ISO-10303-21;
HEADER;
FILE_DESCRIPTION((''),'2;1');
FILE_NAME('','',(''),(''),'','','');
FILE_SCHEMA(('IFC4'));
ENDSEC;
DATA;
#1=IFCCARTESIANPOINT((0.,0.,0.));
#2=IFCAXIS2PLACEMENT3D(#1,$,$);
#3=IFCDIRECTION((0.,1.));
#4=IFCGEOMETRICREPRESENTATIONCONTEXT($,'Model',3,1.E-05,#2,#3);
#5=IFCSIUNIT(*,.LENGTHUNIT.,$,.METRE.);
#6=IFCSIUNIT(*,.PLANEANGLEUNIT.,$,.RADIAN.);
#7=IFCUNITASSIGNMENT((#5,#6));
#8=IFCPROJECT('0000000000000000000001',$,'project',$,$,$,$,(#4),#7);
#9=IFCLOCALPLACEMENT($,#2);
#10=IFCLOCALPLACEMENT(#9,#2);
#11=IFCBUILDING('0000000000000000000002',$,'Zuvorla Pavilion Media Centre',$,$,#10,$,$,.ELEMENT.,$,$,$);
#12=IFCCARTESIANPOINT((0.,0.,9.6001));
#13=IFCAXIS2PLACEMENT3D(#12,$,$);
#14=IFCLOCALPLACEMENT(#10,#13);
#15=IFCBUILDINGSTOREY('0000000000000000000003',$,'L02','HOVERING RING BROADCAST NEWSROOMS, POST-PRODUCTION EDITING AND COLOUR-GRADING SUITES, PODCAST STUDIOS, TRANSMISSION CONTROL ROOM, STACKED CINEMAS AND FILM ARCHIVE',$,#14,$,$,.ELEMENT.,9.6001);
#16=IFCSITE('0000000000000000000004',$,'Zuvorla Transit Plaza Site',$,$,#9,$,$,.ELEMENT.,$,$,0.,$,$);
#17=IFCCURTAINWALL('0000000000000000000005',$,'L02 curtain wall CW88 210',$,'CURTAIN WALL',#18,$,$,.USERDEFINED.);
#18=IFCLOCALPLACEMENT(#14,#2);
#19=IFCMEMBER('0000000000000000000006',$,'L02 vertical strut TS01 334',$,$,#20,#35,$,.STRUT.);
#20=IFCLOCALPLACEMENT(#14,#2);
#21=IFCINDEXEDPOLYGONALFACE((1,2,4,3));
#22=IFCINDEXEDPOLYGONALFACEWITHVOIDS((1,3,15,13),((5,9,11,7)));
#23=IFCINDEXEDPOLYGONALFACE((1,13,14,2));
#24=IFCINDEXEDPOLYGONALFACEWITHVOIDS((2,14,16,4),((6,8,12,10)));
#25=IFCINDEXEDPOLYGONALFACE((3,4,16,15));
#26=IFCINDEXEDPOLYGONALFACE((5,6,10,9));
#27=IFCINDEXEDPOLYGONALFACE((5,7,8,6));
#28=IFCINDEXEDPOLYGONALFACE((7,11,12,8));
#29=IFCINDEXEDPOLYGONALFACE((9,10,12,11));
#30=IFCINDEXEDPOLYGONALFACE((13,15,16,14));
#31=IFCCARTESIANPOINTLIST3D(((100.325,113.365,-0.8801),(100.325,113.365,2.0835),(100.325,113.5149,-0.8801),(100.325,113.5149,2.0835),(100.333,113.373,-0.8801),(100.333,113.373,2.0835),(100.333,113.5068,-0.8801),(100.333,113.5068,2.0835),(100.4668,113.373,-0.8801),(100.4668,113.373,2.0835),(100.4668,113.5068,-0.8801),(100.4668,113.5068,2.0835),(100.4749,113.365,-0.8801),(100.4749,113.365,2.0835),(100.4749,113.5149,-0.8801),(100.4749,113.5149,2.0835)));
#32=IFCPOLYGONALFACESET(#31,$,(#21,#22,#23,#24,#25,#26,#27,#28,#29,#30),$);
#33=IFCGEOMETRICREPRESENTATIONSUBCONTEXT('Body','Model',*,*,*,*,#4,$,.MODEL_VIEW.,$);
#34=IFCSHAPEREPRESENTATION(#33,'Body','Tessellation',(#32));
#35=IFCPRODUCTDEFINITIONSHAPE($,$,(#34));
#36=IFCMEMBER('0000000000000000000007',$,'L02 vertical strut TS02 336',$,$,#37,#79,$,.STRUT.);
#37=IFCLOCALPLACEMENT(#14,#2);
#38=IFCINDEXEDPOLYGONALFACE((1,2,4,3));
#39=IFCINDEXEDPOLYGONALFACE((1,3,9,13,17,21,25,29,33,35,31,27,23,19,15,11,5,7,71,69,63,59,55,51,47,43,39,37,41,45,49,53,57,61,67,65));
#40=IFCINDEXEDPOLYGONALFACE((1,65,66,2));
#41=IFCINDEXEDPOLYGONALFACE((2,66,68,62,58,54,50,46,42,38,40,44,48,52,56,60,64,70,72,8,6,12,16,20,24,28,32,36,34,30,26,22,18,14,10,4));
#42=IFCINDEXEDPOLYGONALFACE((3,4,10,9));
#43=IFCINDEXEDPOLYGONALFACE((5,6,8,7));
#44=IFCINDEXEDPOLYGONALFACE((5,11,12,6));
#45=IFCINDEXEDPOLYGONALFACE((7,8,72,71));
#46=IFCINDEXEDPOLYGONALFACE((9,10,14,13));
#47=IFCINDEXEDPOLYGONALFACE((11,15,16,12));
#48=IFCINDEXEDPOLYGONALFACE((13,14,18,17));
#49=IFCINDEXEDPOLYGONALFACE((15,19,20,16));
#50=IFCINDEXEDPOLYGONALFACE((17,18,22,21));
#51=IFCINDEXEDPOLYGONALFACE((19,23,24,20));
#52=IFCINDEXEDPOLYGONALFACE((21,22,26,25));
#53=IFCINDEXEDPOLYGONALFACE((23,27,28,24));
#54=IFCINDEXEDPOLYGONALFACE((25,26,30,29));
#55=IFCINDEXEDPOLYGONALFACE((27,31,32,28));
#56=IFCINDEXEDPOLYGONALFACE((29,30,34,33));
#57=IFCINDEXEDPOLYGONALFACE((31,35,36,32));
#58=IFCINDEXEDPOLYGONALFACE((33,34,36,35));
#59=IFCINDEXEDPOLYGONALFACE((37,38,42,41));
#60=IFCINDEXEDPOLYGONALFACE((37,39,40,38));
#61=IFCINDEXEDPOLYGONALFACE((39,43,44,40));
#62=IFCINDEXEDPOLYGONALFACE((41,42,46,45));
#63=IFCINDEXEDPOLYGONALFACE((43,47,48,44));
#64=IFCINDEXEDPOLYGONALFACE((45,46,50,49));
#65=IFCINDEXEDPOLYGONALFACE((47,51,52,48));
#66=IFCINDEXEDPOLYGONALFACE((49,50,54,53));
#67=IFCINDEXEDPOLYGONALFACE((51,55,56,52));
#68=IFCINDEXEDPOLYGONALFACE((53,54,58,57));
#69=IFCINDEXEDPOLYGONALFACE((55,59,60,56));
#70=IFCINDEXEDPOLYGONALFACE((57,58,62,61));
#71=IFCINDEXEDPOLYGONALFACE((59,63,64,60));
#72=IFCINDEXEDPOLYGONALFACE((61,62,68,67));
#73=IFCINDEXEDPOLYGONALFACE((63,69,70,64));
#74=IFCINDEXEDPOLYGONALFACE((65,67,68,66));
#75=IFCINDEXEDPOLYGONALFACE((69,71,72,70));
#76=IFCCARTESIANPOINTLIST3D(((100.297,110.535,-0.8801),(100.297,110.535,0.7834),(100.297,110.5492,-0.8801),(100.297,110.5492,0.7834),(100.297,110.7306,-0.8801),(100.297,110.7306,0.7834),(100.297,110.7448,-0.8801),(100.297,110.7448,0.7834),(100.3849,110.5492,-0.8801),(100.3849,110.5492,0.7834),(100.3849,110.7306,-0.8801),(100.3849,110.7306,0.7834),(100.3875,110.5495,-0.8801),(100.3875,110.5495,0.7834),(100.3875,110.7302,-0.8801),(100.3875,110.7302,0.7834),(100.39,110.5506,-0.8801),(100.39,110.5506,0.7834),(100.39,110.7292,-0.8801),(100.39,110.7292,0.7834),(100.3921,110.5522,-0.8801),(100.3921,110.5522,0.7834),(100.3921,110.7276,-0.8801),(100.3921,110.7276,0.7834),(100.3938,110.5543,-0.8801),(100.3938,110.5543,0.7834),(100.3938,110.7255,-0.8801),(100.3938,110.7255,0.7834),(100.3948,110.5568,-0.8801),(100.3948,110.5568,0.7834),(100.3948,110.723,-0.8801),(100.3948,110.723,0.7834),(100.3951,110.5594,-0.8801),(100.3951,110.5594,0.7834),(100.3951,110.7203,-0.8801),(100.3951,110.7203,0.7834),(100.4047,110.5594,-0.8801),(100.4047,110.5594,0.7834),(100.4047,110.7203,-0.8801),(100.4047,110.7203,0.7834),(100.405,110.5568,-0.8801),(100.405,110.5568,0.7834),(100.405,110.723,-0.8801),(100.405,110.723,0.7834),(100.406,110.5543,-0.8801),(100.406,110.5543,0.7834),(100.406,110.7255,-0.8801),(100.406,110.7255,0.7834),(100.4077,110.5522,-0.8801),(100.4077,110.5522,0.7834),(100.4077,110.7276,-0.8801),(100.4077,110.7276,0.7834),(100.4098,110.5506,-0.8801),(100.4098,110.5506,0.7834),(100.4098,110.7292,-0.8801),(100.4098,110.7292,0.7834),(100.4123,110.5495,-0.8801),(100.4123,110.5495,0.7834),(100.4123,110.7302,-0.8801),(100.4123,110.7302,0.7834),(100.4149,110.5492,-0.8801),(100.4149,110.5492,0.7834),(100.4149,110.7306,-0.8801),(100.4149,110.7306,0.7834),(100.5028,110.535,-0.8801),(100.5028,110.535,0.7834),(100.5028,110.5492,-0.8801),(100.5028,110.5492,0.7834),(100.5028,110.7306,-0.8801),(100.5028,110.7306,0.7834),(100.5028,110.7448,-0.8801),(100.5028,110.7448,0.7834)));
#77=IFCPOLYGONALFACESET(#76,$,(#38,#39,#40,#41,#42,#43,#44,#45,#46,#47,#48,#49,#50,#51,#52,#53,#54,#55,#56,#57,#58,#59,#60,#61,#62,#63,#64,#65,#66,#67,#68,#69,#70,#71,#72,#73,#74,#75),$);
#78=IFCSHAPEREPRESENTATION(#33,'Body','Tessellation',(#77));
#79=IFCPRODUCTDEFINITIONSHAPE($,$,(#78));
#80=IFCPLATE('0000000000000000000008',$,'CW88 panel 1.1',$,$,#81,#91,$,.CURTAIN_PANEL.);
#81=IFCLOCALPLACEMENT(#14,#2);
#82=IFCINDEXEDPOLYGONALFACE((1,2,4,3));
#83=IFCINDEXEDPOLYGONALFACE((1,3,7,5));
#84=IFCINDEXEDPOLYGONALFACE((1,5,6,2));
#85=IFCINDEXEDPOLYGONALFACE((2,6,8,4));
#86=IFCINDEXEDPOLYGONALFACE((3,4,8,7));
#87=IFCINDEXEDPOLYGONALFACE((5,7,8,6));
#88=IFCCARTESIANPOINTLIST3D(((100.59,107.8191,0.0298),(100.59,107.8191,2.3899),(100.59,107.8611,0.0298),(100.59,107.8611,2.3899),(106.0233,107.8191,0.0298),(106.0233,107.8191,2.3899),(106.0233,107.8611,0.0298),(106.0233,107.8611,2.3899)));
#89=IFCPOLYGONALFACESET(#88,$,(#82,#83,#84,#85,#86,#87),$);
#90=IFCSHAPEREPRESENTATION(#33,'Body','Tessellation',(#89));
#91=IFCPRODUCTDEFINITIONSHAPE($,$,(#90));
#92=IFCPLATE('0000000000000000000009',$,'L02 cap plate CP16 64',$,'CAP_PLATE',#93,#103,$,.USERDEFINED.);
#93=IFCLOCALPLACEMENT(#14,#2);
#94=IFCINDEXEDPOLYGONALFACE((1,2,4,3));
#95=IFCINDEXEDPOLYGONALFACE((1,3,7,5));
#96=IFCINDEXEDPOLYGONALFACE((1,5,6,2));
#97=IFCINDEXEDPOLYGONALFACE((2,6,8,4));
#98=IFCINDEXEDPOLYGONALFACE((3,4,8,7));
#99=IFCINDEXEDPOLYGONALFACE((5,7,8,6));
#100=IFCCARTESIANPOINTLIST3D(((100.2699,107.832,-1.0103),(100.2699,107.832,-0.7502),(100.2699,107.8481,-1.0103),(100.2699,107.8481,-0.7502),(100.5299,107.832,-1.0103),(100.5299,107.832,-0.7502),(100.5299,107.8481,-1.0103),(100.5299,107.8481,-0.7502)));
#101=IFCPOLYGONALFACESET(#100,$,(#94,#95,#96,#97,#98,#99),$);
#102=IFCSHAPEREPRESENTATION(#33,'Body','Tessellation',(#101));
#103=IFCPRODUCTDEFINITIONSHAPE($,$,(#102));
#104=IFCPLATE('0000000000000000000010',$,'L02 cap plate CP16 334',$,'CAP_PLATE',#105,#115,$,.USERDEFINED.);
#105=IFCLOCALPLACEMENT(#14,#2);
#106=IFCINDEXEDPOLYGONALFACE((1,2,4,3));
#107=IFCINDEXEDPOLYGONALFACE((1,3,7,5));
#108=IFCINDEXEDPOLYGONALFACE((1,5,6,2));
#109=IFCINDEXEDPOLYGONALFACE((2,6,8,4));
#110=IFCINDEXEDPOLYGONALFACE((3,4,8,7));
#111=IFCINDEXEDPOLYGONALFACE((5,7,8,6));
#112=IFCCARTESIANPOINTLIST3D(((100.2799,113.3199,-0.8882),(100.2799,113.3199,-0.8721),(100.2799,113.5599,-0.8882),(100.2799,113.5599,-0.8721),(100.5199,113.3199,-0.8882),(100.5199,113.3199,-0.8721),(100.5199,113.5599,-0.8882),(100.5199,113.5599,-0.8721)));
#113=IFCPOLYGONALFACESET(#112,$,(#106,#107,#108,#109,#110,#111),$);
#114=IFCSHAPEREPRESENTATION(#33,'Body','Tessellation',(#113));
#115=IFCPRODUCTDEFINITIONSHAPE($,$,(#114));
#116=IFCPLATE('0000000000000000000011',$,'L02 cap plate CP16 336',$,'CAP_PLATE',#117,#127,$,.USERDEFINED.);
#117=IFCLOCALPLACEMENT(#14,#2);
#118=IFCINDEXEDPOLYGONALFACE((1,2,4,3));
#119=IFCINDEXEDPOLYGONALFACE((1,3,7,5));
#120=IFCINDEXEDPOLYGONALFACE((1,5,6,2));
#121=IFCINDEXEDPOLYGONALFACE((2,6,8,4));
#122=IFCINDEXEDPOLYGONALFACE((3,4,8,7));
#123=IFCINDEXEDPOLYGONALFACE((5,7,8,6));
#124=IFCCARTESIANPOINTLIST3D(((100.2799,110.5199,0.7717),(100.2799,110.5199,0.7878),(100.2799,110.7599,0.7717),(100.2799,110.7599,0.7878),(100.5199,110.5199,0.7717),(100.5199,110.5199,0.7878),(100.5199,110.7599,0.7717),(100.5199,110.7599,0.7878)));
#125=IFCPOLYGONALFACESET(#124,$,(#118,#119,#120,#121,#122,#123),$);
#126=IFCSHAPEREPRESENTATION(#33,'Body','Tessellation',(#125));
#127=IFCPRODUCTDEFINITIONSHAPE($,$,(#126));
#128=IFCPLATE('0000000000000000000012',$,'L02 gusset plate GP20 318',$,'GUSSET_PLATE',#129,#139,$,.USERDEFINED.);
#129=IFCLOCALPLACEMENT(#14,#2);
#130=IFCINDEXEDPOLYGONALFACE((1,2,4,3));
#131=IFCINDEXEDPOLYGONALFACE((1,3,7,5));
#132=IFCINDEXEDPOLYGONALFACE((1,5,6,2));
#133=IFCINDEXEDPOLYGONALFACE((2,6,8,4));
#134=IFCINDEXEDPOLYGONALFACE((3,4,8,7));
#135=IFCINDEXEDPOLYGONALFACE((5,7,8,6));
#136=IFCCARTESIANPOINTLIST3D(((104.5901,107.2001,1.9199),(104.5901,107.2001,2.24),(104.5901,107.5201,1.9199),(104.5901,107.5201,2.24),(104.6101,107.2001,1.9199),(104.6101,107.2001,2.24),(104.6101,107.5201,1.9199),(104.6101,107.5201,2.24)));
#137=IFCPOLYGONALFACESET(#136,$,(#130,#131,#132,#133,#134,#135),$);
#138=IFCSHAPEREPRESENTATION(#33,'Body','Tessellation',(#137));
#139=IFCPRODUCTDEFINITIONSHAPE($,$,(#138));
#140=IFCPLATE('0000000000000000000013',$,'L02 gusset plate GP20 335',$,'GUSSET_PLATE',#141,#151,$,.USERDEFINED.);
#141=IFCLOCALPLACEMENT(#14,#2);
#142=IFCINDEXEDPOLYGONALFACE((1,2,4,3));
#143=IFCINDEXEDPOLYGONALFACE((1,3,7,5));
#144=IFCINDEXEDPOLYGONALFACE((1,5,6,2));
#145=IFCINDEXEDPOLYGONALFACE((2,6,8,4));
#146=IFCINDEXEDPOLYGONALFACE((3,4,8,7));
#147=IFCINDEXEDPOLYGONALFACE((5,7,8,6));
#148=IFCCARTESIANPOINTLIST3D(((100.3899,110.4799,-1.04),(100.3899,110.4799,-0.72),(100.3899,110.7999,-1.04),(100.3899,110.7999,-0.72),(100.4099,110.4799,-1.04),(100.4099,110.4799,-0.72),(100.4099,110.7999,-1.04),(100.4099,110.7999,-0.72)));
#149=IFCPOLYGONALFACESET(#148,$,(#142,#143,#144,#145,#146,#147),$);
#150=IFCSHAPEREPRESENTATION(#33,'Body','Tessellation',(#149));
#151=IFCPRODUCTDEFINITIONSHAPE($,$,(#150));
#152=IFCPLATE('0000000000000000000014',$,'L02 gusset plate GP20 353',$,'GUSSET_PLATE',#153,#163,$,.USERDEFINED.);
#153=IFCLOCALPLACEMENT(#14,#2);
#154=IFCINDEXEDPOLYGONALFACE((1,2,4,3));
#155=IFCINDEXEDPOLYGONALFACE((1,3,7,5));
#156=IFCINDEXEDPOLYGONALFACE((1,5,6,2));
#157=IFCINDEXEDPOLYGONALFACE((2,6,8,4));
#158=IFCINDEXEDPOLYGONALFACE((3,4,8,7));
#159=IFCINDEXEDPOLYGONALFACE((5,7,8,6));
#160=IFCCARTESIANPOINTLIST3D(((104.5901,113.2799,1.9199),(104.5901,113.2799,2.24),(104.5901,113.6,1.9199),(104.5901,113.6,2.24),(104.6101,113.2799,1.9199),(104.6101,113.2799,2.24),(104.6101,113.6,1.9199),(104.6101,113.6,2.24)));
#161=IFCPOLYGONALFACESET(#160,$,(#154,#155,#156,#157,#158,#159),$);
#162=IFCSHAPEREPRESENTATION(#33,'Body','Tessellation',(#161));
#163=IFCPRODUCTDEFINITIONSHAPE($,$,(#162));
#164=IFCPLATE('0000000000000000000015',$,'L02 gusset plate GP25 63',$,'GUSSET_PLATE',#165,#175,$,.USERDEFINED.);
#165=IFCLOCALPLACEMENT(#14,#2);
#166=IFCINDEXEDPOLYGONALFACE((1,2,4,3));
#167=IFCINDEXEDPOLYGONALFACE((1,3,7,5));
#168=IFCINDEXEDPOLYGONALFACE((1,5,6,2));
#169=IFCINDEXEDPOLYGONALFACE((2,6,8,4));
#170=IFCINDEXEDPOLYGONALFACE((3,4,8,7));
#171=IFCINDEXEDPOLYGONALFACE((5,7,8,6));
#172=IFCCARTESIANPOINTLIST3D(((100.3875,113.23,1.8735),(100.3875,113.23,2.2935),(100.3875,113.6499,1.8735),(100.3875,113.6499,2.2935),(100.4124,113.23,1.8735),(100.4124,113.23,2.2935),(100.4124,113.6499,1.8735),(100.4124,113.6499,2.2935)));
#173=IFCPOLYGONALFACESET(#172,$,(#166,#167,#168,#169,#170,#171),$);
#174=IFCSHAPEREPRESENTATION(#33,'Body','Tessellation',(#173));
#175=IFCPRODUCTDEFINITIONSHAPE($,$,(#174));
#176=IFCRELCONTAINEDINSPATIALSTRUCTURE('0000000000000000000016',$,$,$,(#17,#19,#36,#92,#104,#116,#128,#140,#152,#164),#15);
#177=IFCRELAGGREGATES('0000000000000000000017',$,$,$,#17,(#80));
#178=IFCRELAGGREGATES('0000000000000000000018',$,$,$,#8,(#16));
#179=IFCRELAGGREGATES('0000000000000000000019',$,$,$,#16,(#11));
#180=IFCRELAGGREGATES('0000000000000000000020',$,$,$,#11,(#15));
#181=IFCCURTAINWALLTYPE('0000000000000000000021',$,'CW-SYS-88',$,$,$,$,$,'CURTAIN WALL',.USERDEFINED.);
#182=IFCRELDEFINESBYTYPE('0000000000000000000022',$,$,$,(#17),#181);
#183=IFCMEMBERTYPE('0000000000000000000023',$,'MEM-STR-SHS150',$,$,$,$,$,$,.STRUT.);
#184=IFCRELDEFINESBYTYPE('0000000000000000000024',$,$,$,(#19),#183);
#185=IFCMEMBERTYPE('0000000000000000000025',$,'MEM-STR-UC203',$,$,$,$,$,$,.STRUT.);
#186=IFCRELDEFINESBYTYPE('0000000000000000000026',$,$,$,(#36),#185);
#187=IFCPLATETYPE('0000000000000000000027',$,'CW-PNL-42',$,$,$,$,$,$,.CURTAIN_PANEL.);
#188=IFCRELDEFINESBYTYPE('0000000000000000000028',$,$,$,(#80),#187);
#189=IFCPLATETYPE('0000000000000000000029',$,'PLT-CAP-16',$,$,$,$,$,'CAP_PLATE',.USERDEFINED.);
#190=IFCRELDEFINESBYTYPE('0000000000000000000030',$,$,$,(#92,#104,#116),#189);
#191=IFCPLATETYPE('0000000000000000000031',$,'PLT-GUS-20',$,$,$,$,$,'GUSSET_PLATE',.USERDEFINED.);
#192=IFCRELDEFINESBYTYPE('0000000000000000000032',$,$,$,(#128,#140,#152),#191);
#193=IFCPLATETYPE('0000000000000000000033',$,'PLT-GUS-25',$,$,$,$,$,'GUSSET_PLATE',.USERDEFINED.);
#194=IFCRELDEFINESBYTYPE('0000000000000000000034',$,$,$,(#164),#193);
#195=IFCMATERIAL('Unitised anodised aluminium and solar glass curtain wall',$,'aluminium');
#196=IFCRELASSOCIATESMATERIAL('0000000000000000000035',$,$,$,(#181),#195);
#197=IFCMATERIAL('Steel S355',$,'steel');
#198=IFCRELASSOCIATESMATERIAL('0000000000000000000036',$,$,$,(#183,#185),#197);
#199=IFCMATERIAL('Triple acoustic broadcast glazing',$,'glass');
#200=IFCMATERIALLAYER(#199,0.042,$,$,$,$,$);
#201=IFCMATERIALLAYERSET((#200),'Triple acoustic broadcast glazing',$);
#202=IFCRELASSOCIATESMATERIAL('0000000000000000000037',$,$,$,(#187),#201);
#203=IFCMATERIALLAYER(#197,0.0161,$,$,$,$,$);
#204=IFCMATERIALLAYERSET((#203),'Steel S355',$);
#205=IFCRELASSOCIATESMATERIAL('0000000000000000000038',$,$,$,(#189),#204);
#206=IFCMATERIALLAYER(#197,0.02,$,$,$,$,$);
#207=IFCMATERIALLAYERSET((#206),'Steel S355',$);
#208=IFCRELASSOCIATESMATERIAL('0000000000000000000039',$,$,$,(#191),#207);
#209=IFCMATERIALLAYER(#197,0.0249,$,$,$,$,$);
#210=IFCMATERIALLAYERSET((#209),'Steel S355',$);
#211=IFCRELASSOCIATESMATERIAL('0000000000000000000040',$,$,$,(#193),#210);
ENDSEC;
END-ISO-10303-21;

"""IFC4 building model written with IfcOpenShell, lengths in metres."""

from ifc_helpers import new_model, si_unit, direction, frame, origin, origin_2d, place, context, subcontext, project, spatial, rectangle, hollow_rectangle, i_section, extrude, material, layer, layer_set, material_profile, profile_set, type_object, element, aggregate, save


model = new_model("IFC4")

# Units and contexts
model_context = context("Model", 3, precision=1e-05, world=origin(), true_north=direction((0.0, 1.0)))
body_context = subcontext(model_context, "Body", "Model", "MODEL_VIEW")
ifc_project = project(units=[si_unit("LENGTHUNIT", "METRE"), si_unit("PLANEANGLEUNIT", "RADIAN")], contexts=[model_context])

# Site, building, storey
site_placement = place(None, origin())
site = spatial("IfcSite", under=ifc_project, at=site_placement, Name="Zuvorla Transit Plaza Site", CompositionType="ELEMENT", RefElevation=0.0)
building_placement = place(site_placement, origin())
building = spatial("IfcBuilding", under=site, at=building_placement, Name="Zuvorla Pavilion Media Centre", CompositionType="ELEMENT")
storey_placement = place(building_placement, frame((0.0, 0.0, 9.6001)))
storey = spatial("IfcBuildingStorey", under=building, at=storey_placement, Name="L02", Description="HOVERING RING BROADCAST NEWSROOMS, POST-PRODUCTION EDITING AND COLOUR-GRADING SUITES, PODCAST STUDIOS, TRANSMISSION CONTROL ROOM, STACKED CINEMAS AND FILM ARCHIVE", CompositionType="ELEMENT", Elevation=9.6001)

# Curtain wall
ifc_material_1 = material(Name="Unitised anodised aluminium and solar glass curtain wall", Category="aluminium")
curtain_wall_type = type_object("IfcCurtainWallType", Name="CW-SYS-88", ElementType="CURTAIN WALL", PredefinedType="USERDEFINED", material=ifc_material_1)
curtain_wall_placement = place(storey_placement, origin())
curtain_wall = element("IfcCurtainWall", 1, at=curtain_wall_placement, inside=storey, type_object=curtain_wall_type, Name="L02 curtain wall CW88 210", ObjectType="CURTAIN WALL", PredefinedType="USERDEFINED")

# Members
ifc_material_2 = material(Name="Steel S355", Category="steel")
ifc_material_profile_1 = material_profile(ifc_material_2, hollow_rectangle(XDim=0.1499, YDim=0.1499, WallThickness=0.0081, at=origin_2d()), Name="SHS 150x150x8")
ifc_profile_set_1 = profile_set([ifc_material_profile_1], Name="Steel S355")
member_type_1 = type_object("IfcMemberType", Name="MEM-STR-SHS150", PredefinedType="STRUT", material=ifc_profile_set_1)
member_1_placement = place(storey_placement, frame((100.3999, 113.4399, -0.8801), z_axis=(0.0, 0.0, 1.0), x_axis=(1.0, 0.0, 0.0)))
element("IfcMember", 2, at=member_1_placement, inside=storey, type_object=member_type_1, Name="L02 vertical strut TS01 334", PredefinedType="STRUT", context=body_context, shape_type="SweptSolid", body=[
    extrude(hollow_rectangle(XDim=0.1499, YDim=0.1499, WallThickness=0.0081, at=origin_2d()), origin(), (0.0, 0.0, 1.0), 2.9636),
])
ifc_material_profile_2 = material_profile(ifc_material_2, i_section(OverallWidth=0.2058, OverallDepth=0.2097, WebThickness=0.0095, FlangeThickness=0.0142, FilletRadius=0.0103, at=origin_2d()), Name="UC 203x203x60")
ifc_profile_set_2 = profile_set([ifc_material_profile_2], Name="Steel S355")
member_type_2 = type_object("IfcMemberType", Name="MEM-STR-UC203", PredefinedType="STRUT", material=ifc_profile_set_2)
member_2_placement = place(storey_placement, frame((100.3999, 110.6399, -0.8801), z_axis=(0.0, 0.0, 1.0), x_axis=(1.0, 0.0, 0.0)))
element("IfcMember", 3, at=member_2_placement, inside=storey, type_object=member_type_2, Name="L02 vertical strut TS02 336", PredefinedType="STRUT", context=body_context, shape_type="SweptSolid", body=[
    extrude(i_section(OverallWidth=0.2058, OverallDepth=0.2097, WebThickness=0.0095, FlangeThickness=0.0142, FilletRadius=0.0103, at=origin_2d()), origin(), (0.0, 0.0, 1.0), 1.6636),
])

# Plate
ifc_material_3 = material(Name="Triple acoustic broadcast glazing", Category="glass")
ifc_layer_1 = layer(ifc_material_3, 0.042)
ifc_layer_set_1 = layer_set([ifc_layer_1], Name="Triple acoustic broadcast glazing")
plate_type_1 = type_object("IfcPlateType", Name="CW-PNL-42", PredefinedType="CURTAIN_PANEL", material=ifc_layer_set_1)
plate_1_placement = place(storey_placement, frame((103.3066, 107.8401, 0.0298), z_axis=(0.0, 0.0, 1.0), x_axis=(1.0, 0.0, 0.0)))
plate_1 = element("IfcPlate", 4, at=plate_1_placement, type_object=plate_type_1, Name="CW88 panel 1.1", PredefinedType="CURTAIN_PANEL", context=body_context, shape_type="SweptSolid", body=[
    extrude(rectangle(XDim=5.4333, YDim=0.042, at=origin_2d()), origin(), (0.0, 0.0, 1.0), 2.3601),
])
aggregate(curtain_wall, [plate_1])

# Plates
ifc_layer_2 = layer(ifc_material_2, 0.0161)
ifc_layer_set_2 = layer_set([ifc_layer_2], Name="Steel S355")
plate_type_2 = type_object("IfcPlateType", Name="PLT-CAP-16", ElementType="CAP_PLATE", PredefinedType="USERDEFINED", material=ifc_layer_set_2)
plate_2_placement = place(storey_placement, frame((100.3999, 107.8401, -1.0103), z_axis=(0.0, 0.0, 1.0), x_axis=(1.0, 0.0, 0.0)))
element("IfcPlate", 5, at=plate_2_placement, inside=storey, type_object=plate_type_2, Name="L02 cap plate CP16 64", ObjectType="CAP_PLATE", PredefinedType="USERDEFINED", context=body_context, shape_type="SweptSolid", body=[
    extrude(rectangle(XDim=0.26, YDim=0.0161, at=origin_2d()), origin(), (0.0, 0.0, 1.0), 0.26),
])
for number, where, z_axis, x_axis, name in (
    (6, (100.3999, 113.4399, -0.8882), (0.0, 0.0, 1.0), (1.0, 0.0, 0.0), "L02 cap plate CP16 334"),
    (7, (100.3999, 110.6399, 0.7717), (0.0, 0.0, 1.0), (1.0, 0.0, 0.0), "L02 cap plate CP16 336"),
):
    element("IfcPlate", number, at=place(storey_placement, frame(where, z_axis=z_axis, x_axis=x_axis)), inside=storey, type_object=plate_type_2, Name=name, ObjectType="CAP_PLATE", PredefinedType="USERDEFINED", context=body_context, shape_type="SweptSolid", body=[
        extrude(rectangle(XDim=0.24, YDim=0.24, at=origin_2d()), origin(), (0.0, 0.0, 1.0), 0.0161),
    ])
ifc_layer_3 = layer(ifc_material_2, 0.02)
ifc_layer_set_3 = layer_set([ifc_layer_3], Name="Steel S355")
plate_type_3 = type_object("IfcPlateType", Name="PLT-GUS-20", ElementType="GUSSET_PLATE", PredefinedType="USERDEFINED", material=ifc_layer_set_3)
for number, where, z_axis, x_axis, name in (
    (8, (104.6001, 107.3601, 1.9199), (0.0, 0.0, 1.0), (1.0, 0.0, 0.0), "L02 gusset plate GP20 318"),
    (9, (100.3999, 110.6399, -1.04), (0.0, 0.0, 1.0), (1.0, 0.0, 0.0), "L02 gusset plate GP20 335"),
    (10, (104.6001, 113.4399, 1.9199), (0.0, 0.0, 1.0), (1.0, 0.0, 0.0), "L02 gusset plate GP20 353"),
):
    element("IfcPlate", number, at=place(storey_placement, frame(where, z_axis=z_axis, x_axis=x_axis)), inside=storey, type_object=plate_type_3, Name=name, ObjectType="GUSSET_PLATE", PredefinedType="USERDEFINED", context=body_context, shape_type="SweptSolid", body=[
        extrude(rectangle(XDim=0.02, YDim=0.3201, at=origin_2d()), origin(), (0.0, 0.0, 1.0), 0.3201),
    ])
ifc_layer_4 = layer(ifc_material_2, 0.0249)
ifc_layer_set_4 = layer_set([ifc_layer_4], Name="Steel S355")
plate_type_4 = type_object("IfcPlateType", Name="PLT-GUS-25", ElementType="GUSSET_PLATE", PredefinedType="USERDEFINED", material=ifc_layer_set_4)
plate_3_placement = place(storey_placement, frame((100.3999, 113.4399, 1.8735), z_axis=(0.0, 0.0, 1.0), x_axis=(1.0, 0.0, 0.0)))
element("IfcPlate", 11, at=plate_3_placement, inside=storey, type_object=plate_type_4, Name="L02 gusset plate GP25 63", ObjectType="GUSSET_PLATE", PredefinedType="USERDEFINED", context=body_context, shape_type="SweptSolid", body=[
    extrude(rectangle(XDim=0.0249, YDim=0.4199, at=origin_2d()), origin(), (0.0, 0.0, 1.0), 0.4199),
])

save(model, "model.ifc")
